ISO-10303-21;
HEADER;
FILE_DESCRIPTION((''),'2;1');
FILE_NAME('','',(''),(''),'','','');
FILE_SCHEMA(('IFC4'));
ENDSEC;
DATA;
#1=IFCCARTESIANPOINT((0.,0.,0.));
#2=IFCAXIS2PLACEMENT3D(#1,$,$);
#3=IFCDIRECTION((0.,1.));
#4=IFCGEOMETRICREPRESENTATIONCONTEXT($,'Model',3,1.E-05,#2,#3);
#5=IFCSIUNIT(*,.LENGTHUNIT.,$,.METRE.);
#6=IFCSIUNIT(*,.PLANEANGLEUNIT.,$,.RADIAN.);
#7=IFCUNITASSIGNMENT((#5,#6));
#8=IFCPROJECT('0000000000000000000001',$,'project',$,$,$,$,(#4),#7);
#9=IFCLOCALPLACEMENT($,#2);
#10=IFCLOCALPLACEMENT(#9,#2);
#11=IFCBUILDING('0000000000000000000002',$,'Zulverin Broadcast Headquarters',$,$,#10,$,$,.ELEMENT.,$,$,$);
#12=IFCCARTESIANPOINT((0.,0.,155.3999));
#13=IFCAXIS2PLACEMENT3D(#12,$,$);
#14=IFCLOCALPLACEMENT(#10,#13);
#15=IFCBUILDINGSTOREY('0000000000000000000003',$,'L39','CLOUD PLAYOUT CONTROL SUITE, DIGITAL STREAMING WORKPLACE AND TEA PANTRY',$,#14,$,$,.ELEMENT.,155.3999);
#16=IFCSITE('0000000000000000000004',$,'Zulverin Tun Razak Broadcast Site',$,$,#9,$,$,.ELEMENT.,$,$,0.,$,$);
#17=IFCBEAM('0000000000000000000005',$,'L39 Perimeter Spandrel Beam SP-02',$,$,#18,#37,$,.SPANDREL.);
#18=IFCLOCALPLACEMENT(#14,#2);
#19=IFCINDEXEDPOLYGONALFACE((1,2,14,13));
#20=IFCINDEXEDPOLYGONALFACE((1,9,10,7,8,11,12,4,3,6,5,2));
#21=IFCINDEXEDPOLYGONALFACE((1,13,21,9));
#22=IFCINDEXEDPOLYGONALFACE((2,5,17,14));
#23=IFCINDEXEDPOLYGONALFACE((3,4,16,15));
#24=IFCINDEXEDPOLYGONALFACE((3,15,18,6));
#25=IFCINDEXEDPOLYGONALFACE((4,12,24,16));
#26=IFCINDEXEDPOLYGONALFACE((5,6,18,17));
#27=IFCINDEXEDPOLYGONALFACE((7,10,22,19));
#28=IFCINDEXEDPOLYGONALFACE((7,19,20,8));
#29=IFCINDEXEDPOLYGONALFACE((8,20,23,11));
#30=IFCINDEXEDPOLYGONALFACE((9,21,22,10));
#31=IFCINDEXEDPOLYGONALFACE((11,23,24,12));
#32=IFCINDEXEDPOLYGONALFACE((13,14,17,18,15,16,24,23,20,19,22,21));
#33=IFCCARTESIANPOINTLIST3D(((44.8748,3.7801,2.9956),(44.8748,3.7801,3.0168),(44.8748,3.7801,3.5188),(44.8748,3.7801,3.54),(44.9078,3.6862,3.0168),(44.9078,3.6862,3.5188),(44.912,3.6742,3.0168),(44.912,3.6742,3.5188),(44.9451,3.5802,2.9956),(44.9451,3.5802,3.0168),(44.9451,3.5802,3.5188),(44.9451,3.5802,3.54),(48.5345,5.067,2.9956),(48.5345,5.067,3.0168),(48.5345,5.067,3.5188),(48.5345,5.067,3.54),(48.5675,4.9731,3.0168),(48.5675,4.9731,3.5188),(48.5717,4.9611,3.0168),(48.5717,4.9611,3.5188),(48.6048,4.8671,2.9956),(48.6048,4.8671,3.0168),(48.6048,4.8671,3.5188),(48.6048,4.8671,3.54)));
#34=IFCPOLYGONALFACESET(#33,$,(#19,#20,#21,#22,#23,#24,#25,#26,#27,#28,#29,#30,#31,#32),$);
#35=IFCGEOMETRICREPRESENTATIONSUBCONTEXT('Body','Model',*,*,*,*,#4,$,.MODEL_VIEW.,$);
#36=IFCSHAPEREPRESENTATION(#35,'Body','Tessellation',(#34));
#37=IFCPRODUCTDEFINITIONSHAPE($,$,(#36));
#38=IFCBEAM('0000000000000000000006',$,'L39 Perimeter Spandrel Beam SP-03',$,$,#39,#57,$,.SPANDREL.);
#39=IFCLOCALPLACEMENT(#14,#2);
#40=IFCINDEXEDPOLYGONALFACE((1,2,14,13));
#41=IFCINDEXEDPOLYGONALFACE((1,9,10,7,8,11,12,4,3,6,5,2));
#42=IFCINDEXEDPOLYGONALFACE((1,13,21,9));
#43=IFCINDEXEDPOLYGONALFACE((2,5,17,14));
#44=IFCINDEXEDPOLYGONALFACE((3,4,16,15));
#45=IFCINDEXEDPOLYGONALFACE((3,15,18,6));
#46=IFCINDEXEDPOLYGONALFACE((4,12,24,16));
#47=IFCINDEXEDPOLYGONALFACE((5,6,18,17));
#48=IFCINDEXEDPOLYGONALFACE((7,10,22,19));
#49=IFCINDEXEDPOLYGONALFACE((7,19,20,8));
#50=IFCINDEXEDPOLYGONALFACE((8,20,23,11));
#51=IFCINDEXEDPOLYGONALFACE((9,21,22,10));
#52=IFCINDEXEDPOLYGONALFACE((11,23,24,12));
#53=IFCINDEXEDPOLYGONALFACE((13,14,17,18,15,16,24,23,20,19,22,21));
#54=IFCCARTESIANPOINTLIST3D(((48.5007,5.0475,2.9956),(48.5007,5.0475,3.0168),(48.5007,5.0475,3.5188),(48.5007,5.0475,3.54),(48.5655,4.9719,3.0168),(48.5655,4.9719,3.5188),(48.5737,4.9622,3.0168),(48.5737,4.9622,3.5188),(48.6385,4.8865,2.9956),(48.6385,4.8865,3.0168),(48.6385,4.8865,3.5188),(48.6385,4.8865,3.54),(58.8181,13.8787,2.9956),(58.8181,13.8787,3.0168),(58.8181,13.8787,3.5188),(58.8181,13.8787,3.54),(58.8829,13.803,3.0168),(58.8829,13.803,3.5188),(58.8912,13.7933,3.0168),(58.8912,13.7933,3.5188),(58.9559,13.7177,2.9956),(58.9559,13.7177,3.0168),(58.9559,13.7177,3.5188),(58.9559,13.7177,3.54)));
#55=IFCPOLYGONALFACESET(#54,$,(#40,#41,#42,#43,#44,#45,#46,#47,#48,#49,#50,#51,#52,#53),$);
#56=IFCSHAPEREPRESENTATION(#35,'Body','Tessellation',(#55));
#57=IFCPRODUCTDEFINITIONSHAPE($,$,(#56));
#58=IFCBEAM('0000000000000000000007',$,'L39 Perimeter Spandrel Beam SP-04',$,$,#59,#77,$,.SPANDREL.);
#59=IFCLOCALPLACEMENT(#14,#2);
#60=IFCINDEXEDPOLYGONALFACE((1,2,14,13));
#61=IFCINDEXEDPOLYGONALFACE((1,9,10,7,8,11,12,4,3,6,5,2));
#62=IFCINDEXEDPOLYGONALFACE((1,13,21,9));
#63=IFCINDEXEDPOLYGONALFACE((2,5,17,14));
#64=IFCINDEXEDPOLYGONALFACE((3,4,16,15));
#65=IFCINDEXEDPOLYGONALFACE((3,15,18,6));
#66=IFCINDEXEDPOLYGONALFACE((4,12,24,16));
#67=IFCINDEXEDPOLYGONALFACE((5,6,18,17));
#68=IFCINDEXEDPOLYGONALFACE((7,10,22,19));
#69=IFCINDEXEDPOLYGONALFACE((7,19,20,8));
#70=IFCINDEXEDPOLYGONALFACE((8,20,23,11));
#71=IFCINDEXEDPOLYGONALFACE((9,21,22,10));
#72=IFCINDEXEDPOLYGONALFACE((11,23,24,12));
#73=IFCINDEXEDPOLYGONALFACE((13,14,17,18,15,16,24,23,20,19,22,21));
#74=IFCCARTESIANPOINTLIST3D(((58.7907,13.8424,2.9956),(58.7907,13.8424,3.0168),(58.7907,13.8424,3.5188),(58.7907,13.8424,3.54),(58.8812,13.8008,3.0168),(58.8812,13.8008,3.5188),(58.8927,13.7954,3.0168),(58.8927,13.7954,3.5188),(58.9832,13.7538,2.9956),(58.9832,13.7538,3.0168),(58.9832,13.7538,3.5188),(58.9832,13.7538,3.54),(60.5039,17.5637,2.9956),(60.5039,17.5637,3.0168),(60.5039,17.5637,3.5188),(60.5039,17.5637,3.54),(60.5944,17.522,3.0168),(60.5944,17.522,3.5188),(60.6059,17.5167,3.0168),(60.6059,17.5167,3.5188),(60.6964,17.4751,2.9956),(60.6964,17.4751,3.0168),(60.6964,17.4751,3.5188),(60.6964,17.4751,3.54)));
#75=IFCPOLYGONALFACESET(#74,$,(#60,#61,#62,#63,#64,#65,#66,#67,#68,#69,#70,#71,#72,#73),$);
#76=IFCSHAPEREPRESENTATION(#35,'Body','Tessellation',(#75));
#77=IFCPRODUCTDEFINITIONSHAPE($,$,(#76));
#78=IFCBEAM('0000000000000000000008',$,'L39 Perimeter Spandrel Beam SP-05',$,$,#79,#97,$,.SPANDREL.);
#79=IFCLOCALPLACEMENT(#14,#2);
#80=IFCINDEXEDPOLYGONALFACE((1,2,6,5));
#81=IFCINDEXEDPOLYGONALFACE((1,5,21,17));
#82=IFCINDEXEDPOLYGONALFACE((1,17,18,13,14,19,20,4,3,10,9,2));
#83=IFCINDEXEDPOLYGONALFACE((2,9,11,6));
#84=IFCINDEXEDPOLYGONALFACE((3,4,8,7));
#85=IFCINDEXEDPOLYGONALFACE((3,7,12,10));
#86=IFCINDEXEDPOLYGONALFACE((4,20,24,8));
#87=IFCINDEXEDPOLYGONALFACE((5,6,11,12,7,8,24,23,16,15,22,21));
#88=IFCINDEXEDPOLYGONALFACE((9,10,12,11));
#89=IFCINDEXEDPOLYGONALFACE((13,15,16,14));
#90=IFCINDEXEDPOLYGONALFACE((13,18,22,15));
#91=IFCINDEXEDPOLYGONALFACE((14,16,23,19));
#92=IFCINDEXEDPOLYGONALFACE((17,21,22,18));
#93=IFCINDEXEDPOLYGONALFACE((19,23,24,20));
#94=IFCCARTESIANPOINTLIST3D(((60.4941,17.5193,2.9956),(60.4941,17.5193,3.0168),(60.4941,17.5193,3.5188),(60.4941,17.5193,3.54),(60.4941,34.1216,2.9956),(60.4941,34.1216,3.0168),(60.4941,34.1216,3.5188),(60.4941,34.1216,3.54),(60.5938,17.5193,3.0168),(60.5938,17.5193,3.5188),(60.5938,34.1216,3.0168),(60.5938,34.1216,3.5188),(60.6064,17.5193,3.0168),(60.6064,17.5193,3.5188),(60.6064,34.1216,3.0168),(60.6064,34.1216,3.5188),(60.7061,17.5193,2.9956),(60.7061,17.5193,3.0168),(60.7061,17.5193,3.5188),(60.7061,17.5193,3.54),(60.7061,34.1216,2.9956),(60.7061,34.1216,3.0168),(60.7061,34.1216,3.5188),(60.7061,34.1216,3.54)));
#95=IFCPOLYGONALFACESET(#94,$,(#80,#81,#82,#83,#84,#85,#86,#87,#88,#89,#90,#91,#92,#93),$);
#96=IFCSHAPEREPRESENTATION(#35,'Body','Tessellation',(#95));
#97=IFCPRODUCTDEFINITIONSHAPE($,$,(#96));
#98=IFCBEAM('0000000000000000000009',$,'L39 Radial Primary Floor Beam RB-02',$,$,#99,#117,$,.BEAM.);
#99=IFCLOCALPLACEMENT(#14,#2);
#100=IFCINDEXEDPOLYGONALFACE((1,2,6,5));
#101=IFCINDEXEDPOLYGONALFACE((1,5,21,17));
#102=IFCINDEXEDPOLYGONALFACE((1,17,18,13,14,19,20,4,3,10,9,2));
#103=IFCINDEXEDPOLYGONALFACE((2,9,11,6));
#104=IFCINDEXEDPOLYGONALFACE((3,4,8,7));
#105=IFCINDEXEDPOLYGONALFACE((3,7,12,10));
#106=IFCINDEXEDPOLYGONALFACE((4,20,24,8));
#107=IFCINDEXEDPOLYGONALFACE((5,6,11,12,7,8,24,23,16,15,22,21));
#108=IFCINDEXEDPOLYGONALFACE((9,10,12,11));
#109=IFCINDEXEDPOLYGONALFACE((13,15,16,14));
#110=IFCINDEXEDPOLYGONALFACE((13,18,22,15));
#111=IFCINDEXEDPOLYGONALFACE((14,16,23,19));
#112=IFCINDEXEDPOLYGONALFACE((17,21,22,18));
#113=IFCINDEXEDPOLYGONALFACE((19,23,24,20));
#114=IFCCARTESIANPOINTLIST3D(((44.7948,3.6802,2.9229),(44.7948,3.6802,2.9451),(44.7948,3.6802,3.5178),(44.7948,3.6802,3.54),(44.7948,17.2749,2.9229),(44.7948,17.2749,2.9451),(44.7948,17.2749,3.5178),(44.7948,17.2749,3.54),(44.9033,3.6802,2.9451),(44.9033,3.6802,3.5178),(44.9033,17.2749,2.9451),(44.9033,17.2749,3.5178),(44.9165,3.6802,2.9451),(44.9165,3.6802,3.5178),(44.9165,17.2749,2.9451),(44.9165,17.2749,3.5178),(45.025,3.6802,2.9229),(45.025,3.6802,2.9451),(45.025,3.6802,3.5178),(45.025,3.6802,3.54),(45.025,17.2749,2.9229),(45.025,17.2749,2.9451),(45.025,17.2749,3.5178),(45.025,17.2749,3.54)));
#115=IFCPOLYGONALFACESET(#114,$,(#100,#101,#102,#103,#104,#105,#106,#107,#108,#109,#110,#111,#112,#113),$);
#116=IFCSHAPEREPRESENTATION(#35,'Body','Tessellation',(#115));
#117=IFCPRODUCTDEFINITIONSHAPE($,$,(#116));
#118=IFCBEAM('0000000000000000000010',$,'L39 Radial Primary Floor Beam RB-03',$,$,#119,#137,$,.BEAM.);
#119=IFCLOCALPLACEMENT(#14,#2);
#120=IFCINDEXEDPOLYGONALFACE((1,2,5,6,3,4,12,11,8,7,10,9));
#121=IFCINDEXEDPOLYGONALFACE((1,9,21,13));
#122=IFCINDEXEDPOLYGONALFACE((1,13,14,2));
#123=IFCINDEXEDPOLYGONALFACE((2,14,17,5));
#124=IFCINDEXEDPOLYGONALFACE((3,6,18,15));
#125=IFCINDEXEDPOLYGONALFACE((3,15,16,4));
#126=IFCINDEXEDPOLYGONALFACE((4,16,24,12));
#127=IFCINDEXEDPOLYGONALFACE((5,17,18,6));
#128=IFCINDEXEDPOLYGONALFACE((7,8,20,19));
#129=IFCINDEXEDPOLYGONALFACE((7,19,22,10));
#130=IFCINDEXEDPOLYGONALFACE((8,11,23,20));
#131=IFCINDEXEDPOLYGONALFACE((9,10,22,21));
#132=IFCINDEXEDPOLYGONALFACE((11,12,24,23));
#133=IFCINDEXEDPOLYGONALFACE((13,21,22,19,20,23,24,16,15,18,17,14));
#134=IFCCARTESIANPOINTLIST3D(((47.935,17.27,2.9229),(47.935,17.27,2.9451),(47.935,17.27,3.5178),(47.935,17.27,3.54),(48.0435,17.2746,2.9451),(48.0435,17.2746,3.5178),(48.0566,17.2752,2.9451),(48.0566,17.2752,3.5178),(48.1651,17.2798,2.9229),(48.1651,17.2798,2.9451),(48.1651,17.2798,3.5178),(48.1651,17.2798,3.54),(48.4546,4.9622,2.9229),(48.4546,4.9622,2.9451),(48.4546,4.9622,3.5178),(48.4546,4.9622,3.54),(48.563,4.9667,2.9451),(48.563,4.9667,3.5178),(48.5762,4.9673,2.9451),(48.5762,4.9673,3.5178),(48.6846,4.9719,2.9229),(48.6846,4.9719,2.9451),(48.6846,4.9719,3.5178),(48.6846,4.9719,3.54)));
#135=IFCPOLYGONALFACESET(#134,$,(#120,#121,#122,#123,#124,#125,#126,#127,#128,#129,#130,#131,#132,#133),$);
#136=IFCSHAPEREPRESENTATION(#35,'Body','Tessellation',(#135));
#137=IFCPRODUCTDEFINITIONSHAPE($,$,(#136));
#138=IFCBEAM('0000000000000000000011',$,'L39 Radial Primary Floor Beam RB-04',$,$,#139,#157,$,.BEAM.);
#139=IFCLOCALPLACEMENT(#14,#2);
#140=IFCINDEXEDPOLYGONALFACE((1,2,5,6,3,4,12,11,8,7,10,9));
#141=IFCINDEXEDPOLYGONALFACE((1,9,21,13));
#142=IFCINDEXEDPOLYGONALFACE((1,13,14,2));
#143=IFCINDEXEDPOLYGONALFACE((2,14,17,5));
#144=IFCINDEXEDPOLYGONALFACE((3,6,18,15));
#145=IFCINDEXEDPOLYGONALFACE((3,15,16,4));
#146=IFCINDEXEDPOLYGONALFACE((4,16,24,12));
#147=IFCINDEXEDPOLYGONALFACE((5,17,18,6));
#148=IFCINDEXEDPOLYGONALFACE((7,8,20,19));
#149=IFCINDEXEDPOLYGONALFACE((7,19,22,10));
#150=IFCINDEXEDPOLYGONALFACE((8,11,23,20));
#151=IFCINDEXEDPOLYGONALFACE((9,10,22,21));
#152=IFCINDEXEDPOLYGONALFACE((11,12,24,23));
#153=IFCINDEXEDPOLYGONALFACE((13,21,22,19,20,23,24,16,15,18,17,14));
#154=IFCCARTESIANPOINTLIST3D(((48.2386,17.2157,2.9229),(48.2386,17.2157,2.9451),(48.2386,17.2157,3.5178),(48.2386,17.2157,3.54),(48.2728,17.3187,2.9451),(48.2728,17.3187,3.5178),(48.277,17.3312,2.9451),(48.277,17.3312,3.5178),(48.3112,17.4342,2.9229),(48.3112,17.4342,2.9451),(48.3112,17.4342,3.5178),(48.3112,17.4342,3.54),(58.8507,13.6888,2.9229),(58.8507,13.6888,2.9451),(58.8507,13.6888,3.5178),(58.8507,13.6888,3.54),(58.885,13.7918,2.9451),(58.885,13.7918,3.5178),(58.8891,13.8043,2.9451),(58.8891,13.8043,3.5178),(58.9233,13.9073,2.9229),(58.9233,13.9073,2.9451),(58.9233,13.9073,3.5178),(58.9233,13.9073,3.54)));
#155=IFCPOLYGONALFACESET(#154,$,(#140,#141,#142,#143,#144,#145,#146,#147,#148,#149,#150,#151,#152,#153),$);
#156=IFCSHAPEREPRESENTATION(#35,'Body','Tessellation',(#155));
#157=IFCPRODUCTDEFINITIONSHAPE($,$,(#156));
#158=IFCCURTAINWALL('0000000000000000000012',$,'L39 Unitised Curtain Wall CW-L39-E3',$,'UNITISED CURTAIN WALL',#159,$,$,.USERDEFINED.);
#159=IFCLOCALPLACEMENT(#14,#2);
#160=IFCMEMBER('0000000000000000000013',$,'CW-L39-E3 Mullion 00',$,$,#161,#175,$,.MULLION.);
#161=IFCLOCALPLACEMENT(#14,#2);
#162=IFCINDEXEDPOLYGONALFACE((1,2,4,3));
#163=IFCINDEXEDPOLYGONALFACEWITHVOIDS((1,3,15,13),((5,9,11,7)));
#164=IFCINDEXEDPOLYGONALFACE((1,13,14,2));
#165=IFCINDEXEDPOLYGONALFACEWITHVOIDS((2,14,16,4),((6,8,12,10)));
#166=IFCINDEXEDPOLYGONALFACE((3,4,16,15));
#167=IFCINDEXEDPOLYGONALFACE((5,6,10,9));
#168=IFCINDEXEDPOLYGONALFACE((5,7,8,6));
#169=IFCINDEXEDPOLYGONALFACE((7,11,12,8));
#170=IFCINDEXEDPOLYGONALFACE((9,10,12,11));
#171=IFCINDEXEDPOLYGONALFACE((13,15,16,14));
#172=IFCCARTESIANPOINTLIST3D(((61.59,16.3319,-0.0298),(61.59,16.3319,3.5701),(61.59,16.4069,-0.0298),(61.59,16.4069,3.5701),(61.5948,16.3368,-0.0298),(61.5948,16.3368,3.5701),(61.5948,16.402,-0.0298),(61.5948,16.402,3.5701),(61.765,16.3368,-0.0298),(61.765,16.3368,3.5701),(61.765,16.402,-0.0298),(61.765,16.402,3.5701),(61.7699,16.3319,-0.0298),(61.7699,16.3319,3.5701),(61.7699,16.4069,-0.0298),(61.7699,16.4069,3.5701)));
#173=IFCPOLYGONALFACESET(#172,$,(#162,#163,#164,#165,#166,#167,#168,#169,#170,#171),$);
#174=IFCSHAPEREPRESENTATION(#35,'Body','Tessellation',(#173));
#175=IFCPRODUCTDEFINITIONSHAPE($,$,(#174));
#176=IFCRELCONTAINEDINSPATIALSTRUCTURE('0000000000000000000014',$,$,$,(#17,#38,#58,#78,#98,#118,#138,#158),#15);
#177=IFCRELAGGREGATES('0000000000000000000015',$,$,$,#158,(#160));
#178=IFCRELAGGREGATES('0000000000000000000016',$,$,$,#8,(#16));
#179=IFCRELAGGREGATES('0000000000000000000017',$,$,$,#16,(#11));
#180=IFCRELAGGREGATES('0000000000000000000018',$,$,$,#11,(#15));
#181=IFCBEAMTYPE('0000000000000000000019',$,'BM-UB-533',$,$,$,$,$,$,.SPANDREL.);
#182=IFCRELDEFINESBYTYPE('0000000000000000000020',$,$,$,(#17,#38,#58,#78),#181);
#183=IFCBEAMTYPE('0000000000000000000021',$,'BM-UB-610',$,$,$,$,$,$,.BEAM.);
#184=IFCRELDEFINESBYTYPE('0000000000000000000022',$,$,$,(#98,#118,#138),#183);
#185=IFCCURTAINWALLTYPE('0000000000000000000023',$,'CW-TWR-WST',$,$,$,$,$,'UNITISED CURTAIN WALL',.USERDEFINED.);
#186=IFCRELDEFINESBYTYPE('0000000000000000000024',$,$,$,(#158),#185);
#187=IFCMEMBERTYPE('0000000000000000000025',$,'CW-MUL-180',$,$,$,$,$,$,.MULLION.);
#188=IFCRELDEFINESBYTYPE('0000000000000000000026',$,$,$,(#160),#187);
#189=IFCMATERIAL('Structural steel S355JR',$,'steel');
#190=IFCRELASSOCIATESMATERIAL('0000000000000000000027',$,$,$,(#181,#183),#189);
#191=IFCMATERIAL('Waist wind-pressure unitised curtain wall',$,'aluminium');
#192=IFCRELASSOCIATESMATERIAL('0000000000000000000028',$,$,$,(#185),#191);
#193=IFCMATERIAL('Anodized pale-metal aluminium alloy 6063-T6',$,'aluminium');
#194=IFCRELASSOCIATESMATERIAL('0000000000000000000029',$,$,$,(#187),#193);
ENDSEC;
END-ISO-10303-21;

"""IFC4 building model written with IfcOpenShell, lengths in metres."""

from ifc_helpers import new_model, si_unit, direction, frame, origin, origin_2d, place, context, subcontext, project, spatial, hollow_rectangle, i_section, extrude, material, material_profile, profile_set, type_object, element, aggregate, save


model = new_model("IFC4")

# Units and contexts
model_context = context("Model", 3, precision=1e-05, world=origin(), true_north=direction((0.0, 1.0)))
body_context = subcontext(model_context, "Body", "Model", "MODEL_VIEW")
ifc_project = project(units=[si_unit("LENGTHUNIT", "METRE"), si_unit("PLANEANGLEUNIT", "RADIAN")], contexts=[model_context])

# Site, building, storey
site_placement = place(None, origin())
site = spatial("IfcSite", under=ifc_project, at=site_placement, Name="Zulverin Tun Razak Broadcast Site", CompositionType="ELEMENT", RefElevation=0.0)
building_placement = place(site_placement, origin())
building = spatial("IfcBuilding", under=site, at=building_placement, Name="Zulverin Broadcast Headquarters", CompositionType="ELEMENT")
storey_placement = place(building_placement, frame((0.0, 0.0, 155.3999)))
storey = spatial("IfcBuildingStorey", under=building, at=storey_placement, Name="L39", Description="CLOUD PLAYOUT CONTROL SUITE, DIGITAL STREAMING WORKPLACE AND TEA PANTRY", CompositionType="ELEMENT", Elevation=155.3999)

# Beams
ifc_material_1 = material(Name="Structural steel S355JR", Category="steel")
ifc_material_profile_1 = material_profile(ifc_material_1, i_section(OverallWidth=0.2119, OverallDepth=0.5444, WebThickness=0.0127, FlangeThickness=0.0212, at=origin_2d()), Name="Structural steel S355JR", Category="steel")
ifc_profile_set_1 = profile_set([ifc_material_profile_1], Name="Structural steel S355JR")
beam_type_1 = type_object("IfcBeamType", Name="BM-UB-533", PredefinedType="SPANDREL", material=ifc_profile_set_1)
beam_1_placement = place(storey_placement, frame((44.9099, 3.6802, 3.2678), z_axis=(0.943377, 0.331724, 0.0), x_axis=(-0.331724, 0.943377, 0.0)))
element("IfcBeam", 1, at=beam_1_placement, inside=storey, type_object=beam_type_1, Name="L39 Perimeter Spandrel Beam SP-02", PredefinedType="SPANDREL", context=body_context, shape_type="SweptSolid", body=[
    extrude(i_section(OverallWidth=0.2119, OverallDepth=0.5444, WebThickness=0.0127, FlangeThickness=0.0212, at=origin_2d()), origin(), (0.0, 0.0, 1.0), 3.8794),
])
beam_2_placement = place(storey_placement, frame((48.5696, 4.967, 3.2678), z_axis=(0.759708, 0.650264, 0.0), x_axis=(-0.650264, 0.759708, 0.0)))
element("IfcBeam", 2, at=beam_2_placement, inside=storey, type_object=beam_type_1, Name="L39 Perimeter Spandrel Beam SP-03", PredefinedType="SPANDREL", context=body_context, shape_type="SweptSolid", body=[
    extrude(i_section(OverallWidth=0.2119, OverallDepth=0.5444, WebThickness=0.0127, FlangeThickness=0.0212, at=origin_2d()), origin(), (0.0, 0.0, 1.0), 13.5808),
])
beam_3_placement = place(storey_placement, frame((58.887, 13.7981, 3.2678), z_axis=(0.418185, 0.908362, 0.0), x_axis=(-0.908362, 0.418185, 0.0)))
element("IfcBeam", 3, at=beam_3_placement, inside=storey, type_object=beam_type_1, Name="L39 Perimeter Spandrel Beam SP-04", PredefinedType="SPANDREL", context=body_context, shape_type="SweptSolid", body=[
    extrude(i_section(OverallWidth=0.2119, OverallDepth=0.5444, WebThickness=0.0127, FlangeThickness=0.0212, at=origin_2d()), origin(), (0.0, 0.0, 1.0), 4.0967),
])
beam_4_placement = place(storey_placement, frame((60.6001, 17.5193, 3.2678), z_axis=(0.0, 1.0, 0.0), x_axis=(-1.0, 0.0, 0.0)))
element("IfcBeam", 4, at=beam_4_placement, inside=storey, type_object=beam_type_1, Name="L39 Perimeter Spandrel Beam SP-05", PredefinedType="SPANDREL", context=body_context, shape_type="SweptSolid", body=[
    extrude(i_section(OverallWidth=0.2119, OverallDepth=0.5444, WebThickness=0.0127, FlangeThickness=0.0212, at=origin_2d()), origin(), (0.0, 0.0, 1.0), 16.6023),
])
ifc_material_profile_2 = material_profile(ifc_material_1, i_section(OverallWidth=0.2302, OverallDepth=0.6172, WebThickness=0.0132, FlangeThickness=0.0222, at=origin_2d()), Name="Structural steel S355JR", Category="steel")
ifc_profile_set_2 = profile_set([ifc_material_profile_2], Name="Structural steel S355JR")
beam_type_2 = type_object("IfcBeamType", Name="BM-UB-610", PredefinedType="BEAM", material=ifc_profile_set_2)
beam_5_placement = place(storey_placement, frame((44.9099, 17.2749, 3.2314), z_axis=(0.0, -1.0, 0.0), x_axis=(1.0, 0.0, 0.0)))
element("IfcBeam", 5, at=beam_5_placement, inside=storey, type_object=beam_type_2, Name="L39 Radial Primary Floor Beam RB-02", PredefinedType="BEAM", context=body_context, shape_type="SweptSolid", body=[
    extrude(i_section(OverallWidth=0.2302, OverallDepth=0.6172, WebThickness=0.0132, FlangeThickness=0.0222, at=origin_2d()), origin(), (0.0, 0.0, 1.0), 13.5947),
])
beam_6_placement = place(storey_placement, frame((48.05, 17.2749, 3.2314), z_axis=(0.042174, -0.99911, 0.0), x_axis=(0.99911, 0.042174, 0.0)))
element("IfcBeam", 6, at=beam_6_placement, inside=storey, type_object=beam_type_2, Name="L39 Radial Primary Floor Beam RB-03", PredefinedType="BEAM", context=body_context, shape_type="SweptSolid", body=[
    extrude(i_section(OverallWidth=0.2302, OverallDepth=0.6172, WebThickness=0.0132, FlangeThickness=0.0222, at=origin_2d()), origin(), (0.0, 0.0, 1.0), 12.3188),
])
beam_7_placement = place(storey_placement, frame((48.2749, 17.325, 3.2314), z_axis=(0.948965, -0.315383, 0.0), x_axis=(0.315383, 0.948965, 0.0)))
element("IfcBeam", 7, at=beam_7_placement, inside=storey, type_object=beam_type_2, Name="L39 Radial Primary Floor Beam RB-04", PredefinedType="BEAM", context=body_context, shape_type="SweptSolid", body=[
    extrude(i_section(OverallWidth=0.2302, OverallDepth=0.6172, WebThickness=0.0132, FlangeThickness=0.0222, at=origin_2d()), origin(), (0.0, 0.0, 1.0), 11.1829),
])

# Curtain wall, member
ifc_material_2 = material(Name="Waist wind-pressure unitised curtain wall", Category="aluminium")
curtain_wall_type = type_object("IfcCurtainWallType", Name="CW-TWR-WST", ElementType="UNITISED CURTAIN WALL", PredefinedType="USERDEFINED", material=ifc_material_2)
curtain_wall_placement = place(storey_placement, origin())
curtain_wall = element("IfcCurtainWall", 8, at=curtain_wall_placement, inside=storey, type_object=curtain_wall_type, Name="L39 Unitised Curtain Wall CW-L39-E3", ObjectType="UNITISED CURTAIN WALL", PredefinedType="USERDEFINED")
ifc_material_3 = material(Name="Anodized pale-metal aluminium alloy 6063-T6", Category="aluminium")
ifc_material_profile_3 = material_profile(ifc_material_3, hollow_rectangle(XDim=0.075, YDim=0.1799, WallThickness=0.0049, at=origin_2d()), Name="Anodized pale-metal aluminium alloy 6063-T6", Category="aluminium")
ifc_profile_set_3 = profile_set([ifc_material_profile_3], Name="Anodized pale-metal aluminium alloy 6063-T6")
member_type_1 = type_object("IfcMemberType", Name="CW-MUL-180", PredefinedType="MULLION", material=ifc_profile_set_3)
member_1_placement = place(storey_placement, frame((61.6799, 16.3694, -0.0298), z_axis=(0.0, 0.0, 1.0), x_axis=(0.0, 1.0, 0.0)))
member_1 = element("IfcMember", 9, at=member_1_placement, type_object=member_type_1, Name="CW-L39-E3 Mullion 00", PredefinedType="MULLION", context=body_context, shape_type="SweptSolid", body=[
    extrude(hollow_rectangle(XDim=0.075, YDim=0.1799, WallThickness=0.0049, at=origin_2d()), origin(), (0.0, 0.0, 1.0), 3.5999),
])
aggregate(curtain_wall, [member_1])

save(model, "model.ifc")
